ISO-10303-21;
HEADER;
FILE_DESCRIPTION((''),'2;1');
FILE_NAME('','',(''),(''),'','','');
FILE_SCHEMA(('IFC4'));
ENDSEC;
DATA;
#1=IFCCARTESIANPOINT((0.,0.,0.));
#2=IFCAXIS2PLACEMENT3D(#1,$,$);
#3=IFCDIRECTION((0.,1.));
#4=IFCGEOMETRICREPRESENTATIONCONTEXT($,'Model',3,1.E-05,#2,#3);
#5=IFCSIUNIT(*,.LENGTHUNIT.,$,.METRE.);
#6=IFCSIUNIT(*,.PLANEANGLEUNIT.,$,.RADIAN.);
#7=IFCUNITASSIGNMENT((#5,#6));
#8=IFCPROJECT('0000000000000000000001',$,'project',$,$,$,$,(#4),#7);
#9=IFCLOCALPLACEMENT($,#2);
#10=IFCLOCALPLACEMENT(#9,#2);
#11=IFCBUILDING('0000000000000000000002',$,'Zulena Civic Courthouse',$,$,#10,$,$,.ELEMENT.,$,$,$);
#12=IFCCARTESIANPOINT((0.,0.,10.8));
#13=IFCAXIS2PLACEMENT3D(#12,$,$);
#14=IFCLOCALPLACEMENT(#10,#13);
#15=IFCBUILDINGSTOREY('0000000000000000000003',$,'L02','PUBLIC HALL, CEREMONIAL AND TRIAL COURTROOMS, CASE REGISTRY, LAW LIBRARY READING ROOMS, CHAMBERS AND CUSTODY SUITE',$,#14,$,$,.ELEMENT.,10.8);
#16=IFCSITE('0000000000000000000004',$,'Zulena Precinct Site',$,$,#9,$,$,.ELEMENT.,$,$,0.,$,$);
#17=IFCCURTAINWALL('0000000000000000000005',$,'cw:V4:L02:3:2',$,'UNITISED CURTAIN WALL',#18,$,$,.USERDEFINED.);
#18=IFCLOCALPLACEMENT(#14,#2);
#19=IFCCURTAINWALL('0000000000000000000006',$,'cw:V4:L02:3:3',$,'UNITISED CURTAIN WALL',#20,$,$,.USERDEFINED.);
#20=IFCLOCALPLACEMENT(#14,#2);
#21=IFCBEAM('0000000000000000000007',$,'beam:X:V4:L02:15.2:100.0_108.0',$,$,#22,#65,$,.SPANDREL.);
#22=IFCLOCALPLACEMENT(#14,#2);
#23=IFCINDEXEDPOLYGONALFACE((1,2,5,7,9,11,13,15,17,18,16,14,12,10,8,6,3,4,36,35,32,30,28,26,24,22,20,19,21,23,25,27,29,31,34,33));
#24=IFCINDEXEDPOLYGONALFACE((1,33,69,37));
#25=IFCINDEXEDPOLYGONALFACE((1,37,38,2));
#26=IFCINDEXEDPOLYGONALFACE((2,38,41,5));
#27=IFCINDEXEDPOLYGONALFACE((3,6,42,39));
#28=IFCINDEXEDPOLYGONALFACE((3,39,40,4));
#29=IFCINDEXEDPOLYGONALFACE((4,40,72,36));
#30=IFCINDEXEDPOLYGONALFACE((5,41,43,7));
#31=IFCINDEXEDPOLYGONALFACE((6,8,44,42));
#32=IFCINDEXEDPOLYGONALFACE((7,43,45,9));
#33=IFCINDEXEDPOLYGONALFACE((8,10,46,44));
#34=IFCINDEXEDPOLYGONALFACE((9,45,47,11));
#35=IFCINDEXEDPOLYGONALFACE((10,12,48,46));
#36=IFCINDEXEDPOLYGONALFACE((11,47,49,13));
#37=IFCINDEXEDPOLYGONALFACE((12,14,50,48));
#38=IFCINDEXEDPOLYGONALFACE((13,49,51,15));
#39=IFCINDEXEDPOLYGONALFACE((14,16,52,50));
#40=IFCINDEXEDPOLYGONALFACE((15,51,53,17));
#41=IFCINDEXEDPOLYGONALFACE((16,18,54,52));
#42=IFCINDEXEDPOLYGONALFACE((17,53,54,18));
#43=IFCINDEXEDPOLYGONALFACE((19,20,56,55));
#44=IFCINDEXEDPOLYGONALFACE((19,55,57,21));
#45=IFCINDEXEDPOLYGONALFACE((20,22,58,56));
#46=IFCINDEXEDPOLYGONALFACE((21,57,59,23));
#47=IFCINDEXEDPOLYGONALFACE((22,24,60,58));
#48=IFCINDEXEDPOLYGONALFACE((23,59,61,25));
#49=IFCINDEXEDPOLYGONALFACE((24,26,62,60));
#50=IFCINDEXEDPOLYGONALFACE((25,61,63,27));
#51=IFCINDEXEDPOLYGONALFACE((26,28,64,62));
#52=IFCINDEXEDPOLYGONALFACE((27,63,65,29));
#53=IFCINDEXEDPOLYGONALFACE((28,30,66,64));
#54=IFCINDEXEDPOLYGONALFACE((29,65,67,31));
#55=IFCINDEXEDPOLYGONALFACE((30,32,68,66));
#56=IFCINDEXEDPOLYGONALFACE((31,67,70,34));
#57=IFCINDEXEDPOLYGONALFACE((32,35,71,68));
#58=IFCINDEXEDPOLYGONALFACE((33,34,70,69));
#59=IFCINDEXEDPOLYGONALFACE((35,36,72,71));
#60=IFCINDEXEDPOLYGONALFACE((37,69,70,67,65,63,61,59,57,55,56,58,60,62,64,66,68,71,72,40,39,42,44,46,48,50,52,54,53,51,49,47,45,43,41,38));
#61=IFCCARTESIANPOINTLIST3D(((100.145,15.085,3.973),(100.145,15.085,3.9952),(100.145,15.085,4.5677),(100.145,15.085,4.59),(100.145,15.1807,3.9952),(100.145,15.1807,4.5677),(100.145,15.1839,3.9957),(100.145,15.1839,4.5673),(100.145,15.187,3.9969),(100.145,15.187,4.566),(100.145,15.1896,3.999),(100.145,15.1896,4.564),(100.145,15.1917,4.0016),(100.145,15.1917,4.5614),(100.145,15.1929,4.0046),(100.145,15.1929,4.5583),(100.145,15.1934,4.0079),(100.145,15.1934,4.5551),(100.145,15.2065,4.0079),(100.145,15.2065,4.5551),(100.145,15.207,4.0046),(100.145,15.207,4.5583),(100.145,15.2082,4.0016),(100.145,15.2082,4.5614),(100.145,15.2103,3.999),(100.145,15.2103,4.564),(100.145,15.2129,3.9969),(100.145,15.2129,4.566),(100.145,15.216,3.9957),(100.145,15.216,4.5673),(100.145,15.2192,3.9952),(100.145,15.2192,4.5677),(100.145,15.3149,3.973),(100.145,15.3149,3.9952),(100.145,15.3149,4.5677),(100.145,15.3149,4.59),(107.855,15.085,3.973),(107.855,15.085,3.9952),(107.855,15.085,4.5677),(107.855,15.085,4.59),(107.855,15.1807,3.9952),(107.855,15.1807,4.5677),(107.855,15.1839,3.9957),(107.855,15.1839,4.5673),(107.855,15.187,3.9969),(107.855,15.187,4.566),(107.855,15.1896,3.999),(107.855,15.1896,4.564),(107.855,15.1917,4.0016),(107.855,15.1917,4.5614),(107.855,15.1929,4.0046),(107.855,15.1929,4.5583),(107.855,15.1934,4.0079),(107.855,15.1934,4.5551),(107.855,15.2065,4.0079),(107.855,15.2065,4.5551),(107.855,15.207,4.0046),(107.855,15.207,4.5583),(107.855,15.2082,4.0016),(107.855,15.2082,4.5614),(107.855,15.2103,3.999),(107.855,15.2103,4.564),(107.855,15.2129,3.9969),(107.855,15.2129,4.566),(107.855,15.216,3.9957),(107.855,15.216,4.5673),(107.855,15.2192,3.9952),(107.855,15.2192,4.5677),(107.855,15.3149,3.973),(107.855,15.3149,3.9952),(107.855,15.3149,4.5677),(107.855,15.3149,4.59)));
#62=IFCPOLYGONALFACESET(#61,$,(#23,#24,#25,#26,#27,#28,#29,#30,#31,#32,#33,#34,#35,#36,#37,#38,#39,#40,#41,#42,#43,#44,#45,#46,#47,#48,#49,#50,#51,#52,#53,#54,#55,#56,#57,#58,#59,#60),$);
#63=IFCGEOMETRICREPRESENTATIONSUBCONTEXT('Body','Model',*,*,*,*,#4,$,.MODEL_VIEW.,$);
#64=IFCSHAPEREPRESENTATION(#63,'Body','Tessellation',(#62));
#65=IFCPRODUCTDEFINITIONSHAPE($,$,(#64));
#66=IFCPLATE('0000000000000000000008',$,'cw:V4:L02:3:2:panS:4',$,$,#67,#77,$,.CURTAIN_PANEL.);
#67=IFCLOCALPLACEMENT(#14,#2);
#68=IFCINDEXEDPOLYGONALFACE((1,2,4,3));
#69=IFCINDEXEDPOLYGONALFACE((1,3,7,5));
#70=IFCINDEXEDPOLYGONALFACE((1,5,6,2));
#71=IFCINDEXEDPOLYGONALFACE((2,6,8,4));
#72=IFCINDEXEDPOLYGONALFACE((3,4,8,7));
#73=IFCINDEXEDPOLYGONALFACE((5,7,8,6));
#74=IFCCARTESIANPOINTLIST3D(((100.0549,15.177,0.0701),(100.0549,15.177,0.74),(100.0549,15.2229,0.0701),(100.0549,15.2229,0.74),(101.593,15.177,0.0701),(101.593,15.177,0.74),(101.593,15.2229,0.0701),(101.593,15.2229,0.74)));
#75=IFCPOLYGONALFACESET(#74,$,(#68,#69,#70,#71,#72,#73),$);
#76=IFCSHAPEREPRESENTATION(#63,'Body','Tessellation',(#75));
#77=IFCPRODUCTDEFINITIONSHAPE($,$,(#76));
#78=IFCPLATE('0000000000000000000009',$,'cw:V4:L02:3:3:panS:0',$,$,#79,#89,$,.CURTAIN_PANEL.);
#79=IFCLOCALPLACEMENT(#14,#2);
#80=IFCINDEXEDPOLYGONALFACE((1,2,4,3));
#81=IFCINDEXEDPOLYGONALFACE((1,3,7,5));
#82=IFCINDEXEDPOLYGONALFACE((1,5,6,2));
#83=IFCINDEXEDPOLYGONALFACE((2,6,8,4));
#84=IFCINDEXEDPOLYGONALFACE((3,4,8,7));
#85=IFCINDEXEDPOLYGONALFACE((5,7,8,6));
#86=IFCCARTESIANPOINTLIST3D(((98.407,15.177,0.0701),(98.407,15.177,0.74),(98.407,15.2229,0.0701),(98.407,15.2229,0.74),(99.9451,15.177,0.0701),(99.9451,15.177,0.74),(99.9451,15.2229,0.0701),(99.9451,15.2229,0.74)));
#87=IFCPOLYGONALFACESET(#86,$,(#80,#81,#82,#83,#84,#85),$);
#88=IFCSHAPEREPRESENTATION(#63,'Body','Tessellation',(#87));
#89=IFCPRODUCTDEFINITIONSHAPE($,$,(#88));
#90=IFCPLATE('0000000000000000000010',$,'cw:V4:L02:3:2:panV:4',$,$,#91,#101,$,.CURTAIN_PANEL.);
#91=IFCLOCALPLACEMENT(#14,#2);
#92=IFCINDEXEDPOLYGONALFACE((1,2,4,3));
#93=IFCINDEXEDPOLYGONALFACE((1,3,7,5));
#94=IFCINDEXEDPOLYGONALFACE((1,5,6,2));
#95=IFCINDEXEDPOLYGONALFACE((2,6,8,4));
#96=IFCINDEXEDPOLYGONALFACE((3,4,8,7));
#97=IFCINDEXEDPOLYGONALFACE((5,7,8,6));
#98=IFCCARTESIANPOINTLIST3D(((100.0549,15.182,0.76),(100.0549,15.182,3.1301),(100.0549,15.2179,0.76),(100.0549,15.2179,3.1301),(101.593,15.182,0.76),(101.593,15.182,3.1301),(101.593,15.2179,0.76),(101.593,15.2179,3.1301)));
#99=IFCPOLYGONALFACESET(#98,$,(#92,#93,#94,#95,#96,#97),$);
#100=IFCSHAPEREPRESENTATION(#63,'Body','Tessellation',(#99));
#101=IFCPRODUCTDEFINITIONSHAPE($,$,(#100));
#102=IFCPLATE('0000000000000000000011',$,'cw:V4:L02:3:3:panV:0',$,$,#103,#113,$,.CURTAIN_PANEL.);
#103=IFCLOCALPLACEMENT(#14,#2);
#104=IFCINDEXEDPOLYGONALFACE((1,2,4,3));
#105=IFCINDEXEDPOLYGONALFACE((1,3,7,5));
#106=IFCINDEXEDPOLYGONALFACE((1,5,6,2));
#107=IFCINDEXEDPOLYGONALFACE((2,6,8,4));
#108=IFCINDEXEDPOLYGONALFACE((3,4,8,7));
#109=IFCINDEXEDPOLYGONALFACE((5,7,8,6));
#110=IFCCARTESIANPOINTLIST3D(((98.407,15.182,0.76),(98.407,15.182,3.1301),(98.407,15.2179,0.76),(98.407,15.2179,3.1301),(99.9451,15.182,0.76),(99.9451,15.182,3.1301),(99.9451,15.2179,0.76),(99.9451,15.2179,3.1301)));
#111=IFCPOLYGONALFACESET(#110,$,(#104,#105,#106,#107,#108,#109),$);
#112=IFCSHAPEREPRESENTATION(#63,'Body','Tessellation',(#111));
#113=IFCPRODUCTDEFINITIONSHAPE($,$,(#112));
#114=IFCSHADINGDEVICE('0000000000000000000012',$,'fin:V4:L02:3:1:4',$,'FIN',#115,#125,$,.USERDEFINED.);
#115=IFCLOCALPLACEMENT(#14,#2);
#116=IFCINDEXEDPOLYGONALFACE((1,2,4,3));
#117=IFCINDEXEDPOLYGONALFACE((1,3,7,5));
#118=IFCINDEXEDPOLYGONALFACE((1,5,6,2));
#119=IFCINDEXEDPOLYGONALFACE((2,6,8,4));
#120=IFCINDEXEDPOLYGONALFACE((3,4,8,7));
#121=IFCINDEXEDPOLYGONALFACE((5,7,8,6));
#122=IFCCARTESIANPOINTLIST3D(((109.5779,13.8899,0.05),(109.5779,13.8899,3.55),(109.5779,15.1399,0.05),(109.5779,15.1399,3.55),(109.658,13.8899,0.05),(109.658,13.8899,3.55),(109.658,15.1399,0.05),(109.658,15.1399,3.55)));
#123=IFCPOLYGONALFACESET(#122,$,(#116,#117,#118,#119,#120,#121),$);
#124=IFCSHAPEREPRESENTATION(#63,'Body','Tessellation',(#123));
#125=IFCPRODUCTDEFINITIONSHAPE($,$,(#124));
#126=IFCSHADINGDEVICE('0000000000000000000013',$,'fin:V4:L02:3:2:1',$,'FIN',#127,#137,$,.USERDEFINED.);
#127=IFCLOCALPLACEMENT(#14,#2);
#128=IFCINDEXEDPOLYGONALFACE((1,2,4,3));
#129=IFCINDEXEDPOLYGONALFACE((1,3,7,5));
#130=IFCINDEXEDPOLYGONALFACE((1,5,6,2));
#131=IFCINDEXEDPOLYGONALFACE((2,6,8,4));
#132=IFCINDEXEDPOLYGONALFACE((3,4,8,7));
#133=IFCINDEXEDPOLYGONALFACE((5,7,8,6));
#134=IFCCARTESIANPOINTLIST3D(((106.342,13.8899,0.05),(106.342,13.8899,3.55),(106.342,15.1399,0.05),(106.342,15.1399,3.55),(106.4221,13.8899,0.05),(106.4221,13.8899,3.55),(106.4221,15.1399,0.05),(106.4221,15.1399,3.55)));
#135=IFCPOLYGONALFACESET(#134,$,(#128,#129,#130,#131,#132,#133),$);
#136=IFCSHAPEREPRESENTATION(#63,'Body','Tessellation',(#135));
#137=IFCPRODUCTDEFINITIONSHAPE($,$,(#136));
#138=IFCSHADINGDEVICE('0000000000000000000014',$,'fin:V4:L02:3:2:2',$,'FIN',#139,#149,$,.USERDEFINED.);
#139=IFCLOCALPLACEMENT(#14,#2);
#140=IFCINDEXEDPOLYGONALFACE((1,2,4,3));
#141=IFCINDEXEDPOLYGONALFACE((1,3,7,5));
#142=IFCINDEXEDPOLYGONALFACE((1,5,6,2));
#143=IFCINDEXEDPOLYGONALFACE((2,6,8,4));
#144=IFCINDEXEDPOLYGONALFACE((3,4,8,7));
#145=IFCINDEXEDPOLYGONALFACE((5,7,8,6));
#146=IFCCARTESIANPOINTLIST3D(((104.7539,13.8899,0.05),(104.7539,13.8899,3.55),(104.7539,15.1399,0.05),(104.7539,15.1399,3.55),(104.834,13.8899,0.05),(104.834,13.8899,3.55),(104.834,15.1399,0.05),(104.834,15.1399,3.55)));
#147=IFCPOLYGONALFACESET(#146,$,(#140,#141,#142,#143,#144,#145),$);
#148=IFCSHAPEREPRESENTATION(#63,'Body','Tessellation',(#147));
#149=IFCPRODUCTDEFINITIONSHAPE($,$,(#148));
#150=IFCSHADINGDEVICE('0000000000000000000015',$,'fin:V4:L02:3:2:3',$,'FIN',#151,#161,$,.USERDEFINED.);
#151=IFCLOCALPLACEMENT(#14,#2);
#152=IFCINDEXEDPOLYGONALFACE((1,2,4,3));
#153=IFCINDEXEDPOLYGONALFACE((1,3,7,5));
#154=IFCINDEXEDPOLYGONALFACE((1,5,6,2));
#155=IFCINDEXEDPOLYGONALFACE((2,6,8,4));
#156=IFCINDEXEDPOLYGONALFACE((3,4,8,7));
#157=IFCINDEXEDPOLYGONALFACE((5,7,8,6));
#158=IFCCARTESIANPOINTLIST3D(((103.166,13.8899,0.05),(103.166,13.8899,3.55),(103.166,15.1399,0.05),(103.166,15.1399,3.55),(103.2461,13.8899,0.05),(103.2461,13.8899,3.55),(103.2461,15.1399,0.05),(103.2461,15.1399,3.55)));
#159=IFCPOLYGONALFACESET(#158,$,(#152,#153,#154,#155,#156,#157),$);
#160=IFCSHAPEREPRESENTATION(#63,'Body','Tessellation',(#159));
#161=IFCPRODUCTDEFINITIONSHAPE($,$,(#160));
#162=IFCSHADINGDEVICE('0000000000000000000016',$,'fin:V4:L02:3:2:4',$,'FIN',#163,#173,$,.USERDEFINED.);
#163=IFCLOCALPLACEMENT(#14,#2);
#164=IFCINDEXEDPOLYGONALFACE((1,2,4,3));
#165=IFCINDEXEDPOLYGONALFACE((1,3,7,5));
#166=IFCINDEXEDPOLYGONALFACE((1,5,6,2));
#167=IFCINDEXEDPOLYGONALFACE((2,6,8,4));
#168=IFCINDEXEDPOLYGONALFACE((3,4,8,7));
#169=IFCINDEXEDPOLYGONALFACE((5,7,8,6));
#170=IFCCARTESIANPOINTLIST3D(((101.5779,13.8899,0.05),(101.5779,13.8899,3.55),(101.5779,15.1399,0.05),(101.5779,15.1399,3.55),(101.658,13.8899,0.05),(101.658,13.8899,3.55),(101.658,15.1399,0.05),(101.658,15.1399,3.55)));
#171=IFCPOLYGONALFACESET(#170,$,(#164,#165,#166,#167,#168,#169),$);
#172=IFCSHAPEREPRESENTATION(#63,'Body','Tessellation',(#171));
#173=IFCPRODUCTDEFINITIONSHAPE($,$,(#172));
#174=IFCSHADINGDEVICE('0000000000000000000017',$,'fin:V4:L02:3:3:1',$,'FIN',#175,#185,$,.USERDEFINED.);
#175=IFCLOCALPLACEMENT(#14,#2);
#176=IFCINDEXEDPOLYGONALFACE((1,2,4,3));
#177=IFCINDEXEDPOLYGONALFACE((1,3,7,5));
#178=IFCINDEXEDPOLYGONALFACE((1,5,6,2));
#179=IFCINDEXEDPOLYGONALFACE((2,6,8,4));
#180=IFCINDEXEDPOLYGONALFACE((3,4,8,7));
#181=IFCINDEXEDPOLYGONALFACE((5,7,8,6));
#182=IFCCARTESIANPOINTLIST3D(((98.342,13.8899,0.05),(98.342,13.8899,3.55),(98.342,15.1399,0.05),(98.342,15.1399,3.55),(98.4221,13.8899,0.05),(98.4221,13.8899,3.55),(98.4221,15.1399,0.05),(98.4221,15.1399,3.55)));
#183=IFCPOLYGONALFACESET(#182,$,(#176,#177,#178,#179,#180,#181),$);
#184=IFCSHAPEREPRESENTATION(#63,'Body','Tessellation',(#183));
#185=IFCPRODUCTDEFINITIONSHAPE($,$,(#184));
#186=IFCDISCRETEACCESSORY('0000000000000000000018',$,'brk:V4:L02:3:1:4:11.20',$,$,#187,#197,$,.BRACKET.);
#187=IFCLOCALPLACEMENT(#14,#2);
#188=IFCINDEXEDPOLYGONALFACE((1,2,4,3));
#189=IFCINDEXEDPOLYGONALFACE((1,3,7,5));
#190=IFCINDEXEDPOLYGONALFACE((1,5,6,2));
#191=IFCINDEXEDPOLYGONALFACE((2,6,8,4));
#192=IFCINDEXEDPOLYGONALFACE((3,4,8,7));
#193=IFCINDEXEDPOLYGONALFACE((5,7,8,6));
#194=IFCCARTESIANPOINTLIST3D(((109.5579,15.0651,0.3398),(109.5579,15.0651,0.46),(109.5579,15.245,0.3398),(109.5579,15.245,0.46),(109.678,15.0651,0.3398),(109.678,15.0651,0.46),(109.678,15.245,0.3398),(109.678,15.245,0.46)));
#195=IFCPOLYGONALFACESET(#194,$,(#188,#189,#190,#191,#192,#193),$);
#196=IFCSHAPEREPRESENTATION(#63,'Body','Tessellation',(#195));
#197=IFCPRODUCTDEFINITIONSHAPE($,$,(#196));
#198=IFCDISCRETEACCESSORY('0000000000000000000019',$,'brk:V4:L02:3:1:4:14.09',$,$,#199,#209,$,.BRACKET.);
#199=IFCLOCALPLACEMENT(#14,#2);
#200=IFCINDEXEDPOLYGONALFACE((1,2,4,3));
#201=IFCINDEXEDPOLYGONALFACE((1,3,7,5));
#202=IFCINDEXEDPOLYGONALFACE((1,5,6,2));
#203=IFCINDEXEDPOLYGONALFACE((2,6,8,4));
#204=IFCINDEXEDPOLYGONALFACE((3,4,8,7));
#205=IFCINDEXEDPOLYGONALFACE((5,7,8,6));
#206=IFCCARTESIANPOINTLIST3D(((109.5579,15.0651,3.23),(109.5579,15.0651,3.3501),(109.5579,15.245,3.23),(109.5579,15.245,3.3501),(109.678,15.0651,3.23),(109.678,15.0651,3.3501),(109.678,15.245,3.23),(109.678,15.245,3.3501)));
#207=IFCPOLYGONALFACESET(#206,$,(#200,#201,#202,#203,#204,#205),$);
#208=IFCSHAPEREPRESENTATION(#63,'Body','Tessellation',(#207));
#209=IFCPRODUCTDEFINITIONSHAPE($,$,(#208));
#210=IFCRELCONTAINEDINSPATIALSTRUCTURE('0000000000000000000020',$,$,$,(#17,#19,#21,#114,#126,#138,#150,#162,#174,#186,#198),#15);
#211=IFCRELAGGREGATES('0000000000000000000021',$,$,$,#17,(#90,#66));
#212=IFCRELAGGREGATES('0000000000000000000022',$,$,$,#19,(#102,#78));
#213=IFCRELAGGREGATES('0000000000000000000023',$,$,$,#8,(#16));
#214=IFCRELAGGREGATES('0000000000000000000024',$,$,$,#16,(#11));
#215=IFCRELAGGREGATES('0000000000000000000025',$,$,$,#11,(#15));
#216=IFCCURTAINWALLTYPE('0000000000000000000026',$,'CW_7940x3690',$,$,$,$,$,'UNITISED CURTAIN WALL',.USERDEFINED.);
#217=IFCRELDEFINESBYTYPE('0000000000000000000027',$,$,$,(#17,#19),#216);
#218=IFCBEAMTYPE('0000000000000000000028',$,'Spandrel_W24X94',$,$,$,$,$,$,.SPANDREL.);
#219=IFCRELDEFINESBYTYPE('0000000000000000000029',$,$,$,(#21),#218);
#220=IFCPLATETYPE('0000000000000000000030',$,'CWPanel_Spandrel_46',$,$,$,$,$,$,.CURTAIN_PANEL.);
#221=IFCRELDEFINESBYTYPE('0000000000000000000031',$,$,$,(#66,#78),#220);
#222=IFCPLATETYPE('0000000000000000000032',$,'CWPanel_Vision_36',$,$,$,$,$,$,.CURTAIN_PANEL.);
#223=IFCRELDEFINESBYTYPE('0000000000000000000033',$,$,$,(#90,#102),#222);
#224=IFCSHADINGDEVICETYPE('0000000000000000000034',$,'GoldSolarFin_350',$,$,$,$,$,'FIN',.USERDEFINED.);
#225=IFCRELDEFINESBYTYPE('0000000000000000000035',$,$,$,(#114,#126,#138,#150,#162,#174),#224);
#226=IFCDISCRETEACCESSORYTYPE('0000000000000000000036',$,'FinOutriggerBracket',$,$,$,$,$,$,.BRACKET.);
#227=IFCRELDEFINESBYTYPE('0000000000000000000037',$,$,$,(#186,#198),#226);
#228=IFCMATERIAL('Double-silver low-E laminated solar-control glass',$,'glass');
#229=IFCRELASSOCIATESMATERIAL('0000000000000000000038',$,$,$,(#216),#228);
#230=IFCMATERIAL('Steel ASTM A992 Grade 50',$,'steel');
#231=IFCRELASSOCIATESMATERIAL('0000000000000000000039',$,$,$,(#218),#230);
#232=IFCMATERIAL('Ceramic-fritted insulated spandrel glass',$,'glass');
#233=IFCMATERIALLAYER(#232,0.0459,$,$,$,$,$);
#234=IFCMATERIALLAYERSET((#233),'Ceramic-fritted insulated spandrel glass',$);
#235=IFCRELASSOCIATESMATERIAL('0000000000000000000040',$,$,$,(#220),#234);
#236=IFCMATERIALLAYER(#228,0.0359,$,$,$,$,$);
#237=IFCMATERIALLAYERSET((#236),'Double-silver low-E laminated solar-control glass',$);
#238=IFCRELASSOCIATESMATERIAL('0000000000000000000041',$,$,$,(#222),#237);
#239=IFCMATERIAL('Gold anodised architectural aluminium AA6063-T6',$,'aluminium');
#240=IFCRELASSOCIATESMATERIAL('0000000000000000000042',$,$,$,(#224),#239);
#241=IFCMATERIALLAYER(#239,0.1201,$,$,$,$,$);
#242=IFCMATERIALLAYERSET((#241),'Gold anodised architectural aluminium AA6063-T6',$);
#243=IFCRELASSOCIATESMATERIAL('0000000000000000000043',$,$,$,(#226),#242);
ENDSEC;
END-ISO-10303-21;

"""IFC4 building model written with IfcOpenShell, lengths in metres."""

from ifc_helpers import new_model, si_unit, direction, frame, origin, origin_2d, place, context, subcontext, project, spatial, rectangle, i_section, extrude, material, layer, layer_set, material_profile, profile_set, type_object, element, aggregate, save


model = new_model("IFC4")

# Units and contexts
model_context = context("Model", 3, precision=1e-05, world=origin(), true_north=direction((0.0, 1.0)))
body_context = subcontext(model_context, "Body", "Model", "MODEL_VIEW")
ifc_project = project(units=[si_unit("LENGTHUNIT", "METRE"), si_unit("PLANEANGLEUNIT", "RADIAN")], contexts=[model_context])

# Site, building, storey
site_placement = place(None, origin())
site = spatial("IfcSite", under=ifc_project, at=site_placement, Name="Zulena Precinct Site", CompositionType="ELEMENT", RefElevation=0.0)
building_placement = place(site_placement, origin())
building = spatial("IfcBuilding", under=site, at=building_placement, Name="Zulena Civic Courthouse", CompositionType="ELEMENT")
storey_placement = place(building_placement, frame((0.0, 0.0, 10.8)))
storey = spatial("IfcBuildingStorey", under=building, at=storey_placement, Name="L02", Description="PUBLIC HALL, CEREMONIAL AND TRIAL COURTROOMS, CASE REGISTRY, LAW LIBRARY READING ROOMS, CHAMBERS AND CUSTODY SUITE", CompositionType="ELEMENT", Elevation=10.8)

# Shared definitions
ifc_material_1 = material(Name="Steel ASTM A992 Grade 50", Category="steel")

# Curtain walls
ifc_material_2 = material(Name="Double-silver low-E laminated solar-control glass", Category="glass")
curtain_wall_type = type_object("IfcCurtainWallType", Name="CW_7940x3690", ElementType="UNITISED CURTAIN WALL", PredefinedType="USERDEFINED", material=ifc_material_2)
curtain_wall_1_placement = place(storey_placement, origin())
curtain_wall_1 = element("IfcCurtainWall", 1, at=curtain_wall_1_placement, inside=storey, type_object=curtain_wall_type, Name="cw:V4:L02:3:2", ObjectType="UNITISED CURTAIN WALL", PredefinedType="USERDEFINED")
curtain_wall_2_placement = place(storey_placement, origin())
curtain_wall_2 = element("IfcCurtainWall", 2, at=curtain_wall_2_placement, inside=storey, type_object=curtain_wall_type, Name="cw:V4:L02:3:3", ObjectType="UNITISED CURTAIN WALL", PredefinedType="USERDEFINED")

# Beam
ifc_material_profile_1 = material_profile(ifc_material_1, i_section(OverallWidth=0.23, OverallDepth=0.6169, WebThickness=0.0132, FlangeThickness=0.0222, FilletRadius=0.0127, at=origin_2d()), Name="W24X94")
ifc_profile_set_1 = profile_set([ifc_material_profile_1], Name="Steel ASTM A992 Grade 50")
beam_type = type_object("IfcBeamType", Name="Spandrel_W24X94", PredefinedType="SPANDREL", material=ifc_profile_set_1)
beam_placement = place(storey_placement, frame((100.145, 15.2, 4.2815), z_axis=(1.0, 0.0, 0.0), x_axis=(0.0, 1.0, 0.0)))
element("IfcBeam", 3, at=beam_placement, inside=storey, type_object=beam_type, Name="beam:X:V4:L02:15.2:100.0_108.0", PredefinedType="SPANDREL", context=body_context, shape_type="SweptSolid", body=[
    extrude(i_section(OverallWidth=0.23, OverallDepth=0.6169, WebThickness=0.0132, FlangeThickness=0.0222, FilletRadius=0.0127, at=origin_2d()), origin(), (0.0, 0.0, 1.0), 7.71),
])

# Plates
ifc_material_3 = material(Name="Ceramic-fritted insulated spandrel glass", Category="glass")
ifc_layer_1 = layer(ifc_material_3, 0.0459)
ifc_layer_set_1 = layer_set([ifc_layer_1], Name="Ceramic-fritted insulated spandrel glass")
plate_type_1 = type_object("IfcPlateType", Name="CWPanel_Spandrel_46", PredefinedType="CURTAIN_PANEL", material=ifc_layer_set_1)
plate_1_placement = place(storey_placement, frame((100.824, 15.2, 0.0701), z_axis=(0.0, 0.0, 1.0), x_axis=(-1.0, 0.0, 0.0)))
plate_1 = element("IfcPlate", 4, at=plate_1_placement, type_object=plate_type_1, Name="cw:V4:L02:3:2:panS:4", PredefinedType="CURTAIN_PANEL", context=body_context, shape_type="SweptSolid", body=[
    extrude(rectangle(XDim=1.5381, YDim=0.0459, at=origin_2d()), origin(), (0.0, 0.0, 1.0), 0.6699),
])
plate_2_placement = place(storey_placement, frame((99.176, 15.2, 0.0701), z_axis=(0.0, 0.0, 1.0), x_axis=(-1.0, 0.0, 0.0)))
plate_2 = element("IfcPlate", 5, at=plate_2_placement, type_object=plate_type_1, Name="cw:V4:L02:3:3:panS:0", PredefinedType="CURTAIN_PANEL", context=body_context, shape_type="SweptSolid", body=[
    extrude(rectangle(XDim=1.5381, YDim=0.0459, at=origin_2d()), origin(), (0.0, 0.0, 1.0), 0.6699),
])
ifc_layer_2 = layer(ifc_material_2, 0.0359)
ifc_layer_set_2 = layer_set([ifc_layer_2], Name="Double-silver low-E laminated solar-control glass")
plate_type_2 = type_object("IfcPlateType", Name="CWPanel_Vision_36", PredefinedType="CURTAIN_PANEL", material=ifc_layer_set_2)
plate_3_placement = place(storey_placement, frame((100.824, 15.2, 0.76), z_axis=(0.0, 0.0, 1.0), x_axis=(-1.0, 0.0, 0.0)))
plate_3 = element("IfcPlate", 6, at=plate_3_placement, type_object=plate_type_2, Name="cw:V4:L02:3:2:panV:4", PredefinedType="CURTAIN_PANEL", context=body_context, shape_type="SweptSolid", body=[
    extrude(rectangle(XDim=1.5381, YDim=0.0359, at=origin_2d()), origin(), (0.0, 0.0, 1.0), 2.3701),
])
aggregate(curtain_wall_1, [plate_3, plate_1])
plate_4_placement = place(storey_placement, frame((99.176, 15.2, 0.76), z_axis=(0.0, 0.0, 1.0), x_axis=(-1.0, 0.0, 0.0)))
plate_4 = element("IfcPlate", 7, at=plate_4_placement, type_object=plate_type_2, Name="cw:V4:L02:3:3:panV:0", PredefinedType="CURTAIN_PANEL", context=body_context, shape_type="SweptSolid", body=[
    extrude(rectangle(XDim=1.5381, YDim=0.0359, at=origin_2d()), origin(), (0.0, 0.0, 1.0), 2.3701),
])
aggregate(curtain_wall_2, [plate_4, plate_2])

# Shading devices
ifc_material_4 = material(Name="Gold anodised architectural aluminium AA6063-T6", Category="aluminium")
shading_device_type = type_object("IfcShadingDeviceType", Name="GoldSolarFin_350", ElementType="FIN", PredefinedType="USERDEFINED", material=ifc_material_4)
for number, where, z_axis, x_axis, name in (
    (8, (109.6179, 14.5149, 0.05), (0.0, 0.0, 1.0), (0.0, -1.0, 0.0), "fin:V4:L02:3:1:4"),
    (9, (106.3821, 14.5149, 0.05), (0.0, 0.0, 1.0), (0.0, -1.0, 0.0), "fin:V4:L02:3:2:1"),
    (10, (104.7939, 14.5149, 0.05), (0.0, 0.0, 1.0), (0.0, -1.0, 0.0), "fin:V4:L02:3:2:2"),
    (11, (103.2061, 14.5149, 0.05), (0.0, 0.0, 1.0), (0.0, -1.0, 0.0), "fin:V4:L02:3:2:3"),
    (12, (101.6179, 14.5149, 0.05), (0.0, 0.0, 1.0), (0.0, -1.0, 0.0), "fin:V4:L02:3:2:4"),
    (13, (98.3821, 14.5149, 0.05), (0.0, 0.0, 1.0), (0.0, -1.0, 0.0), "fin:V4:L02:3:3:1"),
):
    element("IfcShadingDevice", number, at=place(storey_placement, frame(where, z_axis=z_axis, x_axis=x_axis)), inside=storey, type_object=shading_device_type, Name=name, ObjectType="FIN", PredefinedType="USERDEFINED", context=body_context, shape_type="SweptSolid", body=[
        extrude(rectangle(XDim=1.25, YDim=0.0801, at=origin_2d()), origin(), (0.0, 0.0, 1.0), 3.5),
    ])

# Discrete accessories
ifc_layer_3 = layer(ifc_material_4, 0.1201)
ifc_layer_set_3 = layer_set([ifc_layer_3], Name="Gold anodised architectural aluminium AA6063-T6")
discrete_accessory_type = type_object("IfcDiscreteAccessoryType", Name="FinOutriggerBracket", PredefinedType="BRACKET", material=ifc_layer_set_3)
for number, where, z_axis, x_axis, name in (
    (14, (109.6179, 15.155, 0.3398), (0.0, 0.0, 1.0), (0.0, -1.0, 0.0), "brk:V4:L02:3:1:4:11.20"),
    (15, (109.6179, 15.155, 3.23), (0.0, 0.0, 1.0), (0.0, -1.0, 0.0), "brk:V4:L02:3:1:4:14.09"),
):
    element("IfcDiscreteAccessory", number, at=place(storey_placement, frame(where, z_axis=z_axis, x_axis=x_axis)), inside=storey, type_object=discrete_accessory_type, Name=name, PredefinedType="BRACKET", context=body_context, shape_type="SweptSolid", body=[
        extrude(rectangle(XDim=0.1799, YDim=0.1201, at=origin_2d()), origin(), (0.0, 0.0, 1.0), 0.1201),
    ])

save(model, "model.ifc")
